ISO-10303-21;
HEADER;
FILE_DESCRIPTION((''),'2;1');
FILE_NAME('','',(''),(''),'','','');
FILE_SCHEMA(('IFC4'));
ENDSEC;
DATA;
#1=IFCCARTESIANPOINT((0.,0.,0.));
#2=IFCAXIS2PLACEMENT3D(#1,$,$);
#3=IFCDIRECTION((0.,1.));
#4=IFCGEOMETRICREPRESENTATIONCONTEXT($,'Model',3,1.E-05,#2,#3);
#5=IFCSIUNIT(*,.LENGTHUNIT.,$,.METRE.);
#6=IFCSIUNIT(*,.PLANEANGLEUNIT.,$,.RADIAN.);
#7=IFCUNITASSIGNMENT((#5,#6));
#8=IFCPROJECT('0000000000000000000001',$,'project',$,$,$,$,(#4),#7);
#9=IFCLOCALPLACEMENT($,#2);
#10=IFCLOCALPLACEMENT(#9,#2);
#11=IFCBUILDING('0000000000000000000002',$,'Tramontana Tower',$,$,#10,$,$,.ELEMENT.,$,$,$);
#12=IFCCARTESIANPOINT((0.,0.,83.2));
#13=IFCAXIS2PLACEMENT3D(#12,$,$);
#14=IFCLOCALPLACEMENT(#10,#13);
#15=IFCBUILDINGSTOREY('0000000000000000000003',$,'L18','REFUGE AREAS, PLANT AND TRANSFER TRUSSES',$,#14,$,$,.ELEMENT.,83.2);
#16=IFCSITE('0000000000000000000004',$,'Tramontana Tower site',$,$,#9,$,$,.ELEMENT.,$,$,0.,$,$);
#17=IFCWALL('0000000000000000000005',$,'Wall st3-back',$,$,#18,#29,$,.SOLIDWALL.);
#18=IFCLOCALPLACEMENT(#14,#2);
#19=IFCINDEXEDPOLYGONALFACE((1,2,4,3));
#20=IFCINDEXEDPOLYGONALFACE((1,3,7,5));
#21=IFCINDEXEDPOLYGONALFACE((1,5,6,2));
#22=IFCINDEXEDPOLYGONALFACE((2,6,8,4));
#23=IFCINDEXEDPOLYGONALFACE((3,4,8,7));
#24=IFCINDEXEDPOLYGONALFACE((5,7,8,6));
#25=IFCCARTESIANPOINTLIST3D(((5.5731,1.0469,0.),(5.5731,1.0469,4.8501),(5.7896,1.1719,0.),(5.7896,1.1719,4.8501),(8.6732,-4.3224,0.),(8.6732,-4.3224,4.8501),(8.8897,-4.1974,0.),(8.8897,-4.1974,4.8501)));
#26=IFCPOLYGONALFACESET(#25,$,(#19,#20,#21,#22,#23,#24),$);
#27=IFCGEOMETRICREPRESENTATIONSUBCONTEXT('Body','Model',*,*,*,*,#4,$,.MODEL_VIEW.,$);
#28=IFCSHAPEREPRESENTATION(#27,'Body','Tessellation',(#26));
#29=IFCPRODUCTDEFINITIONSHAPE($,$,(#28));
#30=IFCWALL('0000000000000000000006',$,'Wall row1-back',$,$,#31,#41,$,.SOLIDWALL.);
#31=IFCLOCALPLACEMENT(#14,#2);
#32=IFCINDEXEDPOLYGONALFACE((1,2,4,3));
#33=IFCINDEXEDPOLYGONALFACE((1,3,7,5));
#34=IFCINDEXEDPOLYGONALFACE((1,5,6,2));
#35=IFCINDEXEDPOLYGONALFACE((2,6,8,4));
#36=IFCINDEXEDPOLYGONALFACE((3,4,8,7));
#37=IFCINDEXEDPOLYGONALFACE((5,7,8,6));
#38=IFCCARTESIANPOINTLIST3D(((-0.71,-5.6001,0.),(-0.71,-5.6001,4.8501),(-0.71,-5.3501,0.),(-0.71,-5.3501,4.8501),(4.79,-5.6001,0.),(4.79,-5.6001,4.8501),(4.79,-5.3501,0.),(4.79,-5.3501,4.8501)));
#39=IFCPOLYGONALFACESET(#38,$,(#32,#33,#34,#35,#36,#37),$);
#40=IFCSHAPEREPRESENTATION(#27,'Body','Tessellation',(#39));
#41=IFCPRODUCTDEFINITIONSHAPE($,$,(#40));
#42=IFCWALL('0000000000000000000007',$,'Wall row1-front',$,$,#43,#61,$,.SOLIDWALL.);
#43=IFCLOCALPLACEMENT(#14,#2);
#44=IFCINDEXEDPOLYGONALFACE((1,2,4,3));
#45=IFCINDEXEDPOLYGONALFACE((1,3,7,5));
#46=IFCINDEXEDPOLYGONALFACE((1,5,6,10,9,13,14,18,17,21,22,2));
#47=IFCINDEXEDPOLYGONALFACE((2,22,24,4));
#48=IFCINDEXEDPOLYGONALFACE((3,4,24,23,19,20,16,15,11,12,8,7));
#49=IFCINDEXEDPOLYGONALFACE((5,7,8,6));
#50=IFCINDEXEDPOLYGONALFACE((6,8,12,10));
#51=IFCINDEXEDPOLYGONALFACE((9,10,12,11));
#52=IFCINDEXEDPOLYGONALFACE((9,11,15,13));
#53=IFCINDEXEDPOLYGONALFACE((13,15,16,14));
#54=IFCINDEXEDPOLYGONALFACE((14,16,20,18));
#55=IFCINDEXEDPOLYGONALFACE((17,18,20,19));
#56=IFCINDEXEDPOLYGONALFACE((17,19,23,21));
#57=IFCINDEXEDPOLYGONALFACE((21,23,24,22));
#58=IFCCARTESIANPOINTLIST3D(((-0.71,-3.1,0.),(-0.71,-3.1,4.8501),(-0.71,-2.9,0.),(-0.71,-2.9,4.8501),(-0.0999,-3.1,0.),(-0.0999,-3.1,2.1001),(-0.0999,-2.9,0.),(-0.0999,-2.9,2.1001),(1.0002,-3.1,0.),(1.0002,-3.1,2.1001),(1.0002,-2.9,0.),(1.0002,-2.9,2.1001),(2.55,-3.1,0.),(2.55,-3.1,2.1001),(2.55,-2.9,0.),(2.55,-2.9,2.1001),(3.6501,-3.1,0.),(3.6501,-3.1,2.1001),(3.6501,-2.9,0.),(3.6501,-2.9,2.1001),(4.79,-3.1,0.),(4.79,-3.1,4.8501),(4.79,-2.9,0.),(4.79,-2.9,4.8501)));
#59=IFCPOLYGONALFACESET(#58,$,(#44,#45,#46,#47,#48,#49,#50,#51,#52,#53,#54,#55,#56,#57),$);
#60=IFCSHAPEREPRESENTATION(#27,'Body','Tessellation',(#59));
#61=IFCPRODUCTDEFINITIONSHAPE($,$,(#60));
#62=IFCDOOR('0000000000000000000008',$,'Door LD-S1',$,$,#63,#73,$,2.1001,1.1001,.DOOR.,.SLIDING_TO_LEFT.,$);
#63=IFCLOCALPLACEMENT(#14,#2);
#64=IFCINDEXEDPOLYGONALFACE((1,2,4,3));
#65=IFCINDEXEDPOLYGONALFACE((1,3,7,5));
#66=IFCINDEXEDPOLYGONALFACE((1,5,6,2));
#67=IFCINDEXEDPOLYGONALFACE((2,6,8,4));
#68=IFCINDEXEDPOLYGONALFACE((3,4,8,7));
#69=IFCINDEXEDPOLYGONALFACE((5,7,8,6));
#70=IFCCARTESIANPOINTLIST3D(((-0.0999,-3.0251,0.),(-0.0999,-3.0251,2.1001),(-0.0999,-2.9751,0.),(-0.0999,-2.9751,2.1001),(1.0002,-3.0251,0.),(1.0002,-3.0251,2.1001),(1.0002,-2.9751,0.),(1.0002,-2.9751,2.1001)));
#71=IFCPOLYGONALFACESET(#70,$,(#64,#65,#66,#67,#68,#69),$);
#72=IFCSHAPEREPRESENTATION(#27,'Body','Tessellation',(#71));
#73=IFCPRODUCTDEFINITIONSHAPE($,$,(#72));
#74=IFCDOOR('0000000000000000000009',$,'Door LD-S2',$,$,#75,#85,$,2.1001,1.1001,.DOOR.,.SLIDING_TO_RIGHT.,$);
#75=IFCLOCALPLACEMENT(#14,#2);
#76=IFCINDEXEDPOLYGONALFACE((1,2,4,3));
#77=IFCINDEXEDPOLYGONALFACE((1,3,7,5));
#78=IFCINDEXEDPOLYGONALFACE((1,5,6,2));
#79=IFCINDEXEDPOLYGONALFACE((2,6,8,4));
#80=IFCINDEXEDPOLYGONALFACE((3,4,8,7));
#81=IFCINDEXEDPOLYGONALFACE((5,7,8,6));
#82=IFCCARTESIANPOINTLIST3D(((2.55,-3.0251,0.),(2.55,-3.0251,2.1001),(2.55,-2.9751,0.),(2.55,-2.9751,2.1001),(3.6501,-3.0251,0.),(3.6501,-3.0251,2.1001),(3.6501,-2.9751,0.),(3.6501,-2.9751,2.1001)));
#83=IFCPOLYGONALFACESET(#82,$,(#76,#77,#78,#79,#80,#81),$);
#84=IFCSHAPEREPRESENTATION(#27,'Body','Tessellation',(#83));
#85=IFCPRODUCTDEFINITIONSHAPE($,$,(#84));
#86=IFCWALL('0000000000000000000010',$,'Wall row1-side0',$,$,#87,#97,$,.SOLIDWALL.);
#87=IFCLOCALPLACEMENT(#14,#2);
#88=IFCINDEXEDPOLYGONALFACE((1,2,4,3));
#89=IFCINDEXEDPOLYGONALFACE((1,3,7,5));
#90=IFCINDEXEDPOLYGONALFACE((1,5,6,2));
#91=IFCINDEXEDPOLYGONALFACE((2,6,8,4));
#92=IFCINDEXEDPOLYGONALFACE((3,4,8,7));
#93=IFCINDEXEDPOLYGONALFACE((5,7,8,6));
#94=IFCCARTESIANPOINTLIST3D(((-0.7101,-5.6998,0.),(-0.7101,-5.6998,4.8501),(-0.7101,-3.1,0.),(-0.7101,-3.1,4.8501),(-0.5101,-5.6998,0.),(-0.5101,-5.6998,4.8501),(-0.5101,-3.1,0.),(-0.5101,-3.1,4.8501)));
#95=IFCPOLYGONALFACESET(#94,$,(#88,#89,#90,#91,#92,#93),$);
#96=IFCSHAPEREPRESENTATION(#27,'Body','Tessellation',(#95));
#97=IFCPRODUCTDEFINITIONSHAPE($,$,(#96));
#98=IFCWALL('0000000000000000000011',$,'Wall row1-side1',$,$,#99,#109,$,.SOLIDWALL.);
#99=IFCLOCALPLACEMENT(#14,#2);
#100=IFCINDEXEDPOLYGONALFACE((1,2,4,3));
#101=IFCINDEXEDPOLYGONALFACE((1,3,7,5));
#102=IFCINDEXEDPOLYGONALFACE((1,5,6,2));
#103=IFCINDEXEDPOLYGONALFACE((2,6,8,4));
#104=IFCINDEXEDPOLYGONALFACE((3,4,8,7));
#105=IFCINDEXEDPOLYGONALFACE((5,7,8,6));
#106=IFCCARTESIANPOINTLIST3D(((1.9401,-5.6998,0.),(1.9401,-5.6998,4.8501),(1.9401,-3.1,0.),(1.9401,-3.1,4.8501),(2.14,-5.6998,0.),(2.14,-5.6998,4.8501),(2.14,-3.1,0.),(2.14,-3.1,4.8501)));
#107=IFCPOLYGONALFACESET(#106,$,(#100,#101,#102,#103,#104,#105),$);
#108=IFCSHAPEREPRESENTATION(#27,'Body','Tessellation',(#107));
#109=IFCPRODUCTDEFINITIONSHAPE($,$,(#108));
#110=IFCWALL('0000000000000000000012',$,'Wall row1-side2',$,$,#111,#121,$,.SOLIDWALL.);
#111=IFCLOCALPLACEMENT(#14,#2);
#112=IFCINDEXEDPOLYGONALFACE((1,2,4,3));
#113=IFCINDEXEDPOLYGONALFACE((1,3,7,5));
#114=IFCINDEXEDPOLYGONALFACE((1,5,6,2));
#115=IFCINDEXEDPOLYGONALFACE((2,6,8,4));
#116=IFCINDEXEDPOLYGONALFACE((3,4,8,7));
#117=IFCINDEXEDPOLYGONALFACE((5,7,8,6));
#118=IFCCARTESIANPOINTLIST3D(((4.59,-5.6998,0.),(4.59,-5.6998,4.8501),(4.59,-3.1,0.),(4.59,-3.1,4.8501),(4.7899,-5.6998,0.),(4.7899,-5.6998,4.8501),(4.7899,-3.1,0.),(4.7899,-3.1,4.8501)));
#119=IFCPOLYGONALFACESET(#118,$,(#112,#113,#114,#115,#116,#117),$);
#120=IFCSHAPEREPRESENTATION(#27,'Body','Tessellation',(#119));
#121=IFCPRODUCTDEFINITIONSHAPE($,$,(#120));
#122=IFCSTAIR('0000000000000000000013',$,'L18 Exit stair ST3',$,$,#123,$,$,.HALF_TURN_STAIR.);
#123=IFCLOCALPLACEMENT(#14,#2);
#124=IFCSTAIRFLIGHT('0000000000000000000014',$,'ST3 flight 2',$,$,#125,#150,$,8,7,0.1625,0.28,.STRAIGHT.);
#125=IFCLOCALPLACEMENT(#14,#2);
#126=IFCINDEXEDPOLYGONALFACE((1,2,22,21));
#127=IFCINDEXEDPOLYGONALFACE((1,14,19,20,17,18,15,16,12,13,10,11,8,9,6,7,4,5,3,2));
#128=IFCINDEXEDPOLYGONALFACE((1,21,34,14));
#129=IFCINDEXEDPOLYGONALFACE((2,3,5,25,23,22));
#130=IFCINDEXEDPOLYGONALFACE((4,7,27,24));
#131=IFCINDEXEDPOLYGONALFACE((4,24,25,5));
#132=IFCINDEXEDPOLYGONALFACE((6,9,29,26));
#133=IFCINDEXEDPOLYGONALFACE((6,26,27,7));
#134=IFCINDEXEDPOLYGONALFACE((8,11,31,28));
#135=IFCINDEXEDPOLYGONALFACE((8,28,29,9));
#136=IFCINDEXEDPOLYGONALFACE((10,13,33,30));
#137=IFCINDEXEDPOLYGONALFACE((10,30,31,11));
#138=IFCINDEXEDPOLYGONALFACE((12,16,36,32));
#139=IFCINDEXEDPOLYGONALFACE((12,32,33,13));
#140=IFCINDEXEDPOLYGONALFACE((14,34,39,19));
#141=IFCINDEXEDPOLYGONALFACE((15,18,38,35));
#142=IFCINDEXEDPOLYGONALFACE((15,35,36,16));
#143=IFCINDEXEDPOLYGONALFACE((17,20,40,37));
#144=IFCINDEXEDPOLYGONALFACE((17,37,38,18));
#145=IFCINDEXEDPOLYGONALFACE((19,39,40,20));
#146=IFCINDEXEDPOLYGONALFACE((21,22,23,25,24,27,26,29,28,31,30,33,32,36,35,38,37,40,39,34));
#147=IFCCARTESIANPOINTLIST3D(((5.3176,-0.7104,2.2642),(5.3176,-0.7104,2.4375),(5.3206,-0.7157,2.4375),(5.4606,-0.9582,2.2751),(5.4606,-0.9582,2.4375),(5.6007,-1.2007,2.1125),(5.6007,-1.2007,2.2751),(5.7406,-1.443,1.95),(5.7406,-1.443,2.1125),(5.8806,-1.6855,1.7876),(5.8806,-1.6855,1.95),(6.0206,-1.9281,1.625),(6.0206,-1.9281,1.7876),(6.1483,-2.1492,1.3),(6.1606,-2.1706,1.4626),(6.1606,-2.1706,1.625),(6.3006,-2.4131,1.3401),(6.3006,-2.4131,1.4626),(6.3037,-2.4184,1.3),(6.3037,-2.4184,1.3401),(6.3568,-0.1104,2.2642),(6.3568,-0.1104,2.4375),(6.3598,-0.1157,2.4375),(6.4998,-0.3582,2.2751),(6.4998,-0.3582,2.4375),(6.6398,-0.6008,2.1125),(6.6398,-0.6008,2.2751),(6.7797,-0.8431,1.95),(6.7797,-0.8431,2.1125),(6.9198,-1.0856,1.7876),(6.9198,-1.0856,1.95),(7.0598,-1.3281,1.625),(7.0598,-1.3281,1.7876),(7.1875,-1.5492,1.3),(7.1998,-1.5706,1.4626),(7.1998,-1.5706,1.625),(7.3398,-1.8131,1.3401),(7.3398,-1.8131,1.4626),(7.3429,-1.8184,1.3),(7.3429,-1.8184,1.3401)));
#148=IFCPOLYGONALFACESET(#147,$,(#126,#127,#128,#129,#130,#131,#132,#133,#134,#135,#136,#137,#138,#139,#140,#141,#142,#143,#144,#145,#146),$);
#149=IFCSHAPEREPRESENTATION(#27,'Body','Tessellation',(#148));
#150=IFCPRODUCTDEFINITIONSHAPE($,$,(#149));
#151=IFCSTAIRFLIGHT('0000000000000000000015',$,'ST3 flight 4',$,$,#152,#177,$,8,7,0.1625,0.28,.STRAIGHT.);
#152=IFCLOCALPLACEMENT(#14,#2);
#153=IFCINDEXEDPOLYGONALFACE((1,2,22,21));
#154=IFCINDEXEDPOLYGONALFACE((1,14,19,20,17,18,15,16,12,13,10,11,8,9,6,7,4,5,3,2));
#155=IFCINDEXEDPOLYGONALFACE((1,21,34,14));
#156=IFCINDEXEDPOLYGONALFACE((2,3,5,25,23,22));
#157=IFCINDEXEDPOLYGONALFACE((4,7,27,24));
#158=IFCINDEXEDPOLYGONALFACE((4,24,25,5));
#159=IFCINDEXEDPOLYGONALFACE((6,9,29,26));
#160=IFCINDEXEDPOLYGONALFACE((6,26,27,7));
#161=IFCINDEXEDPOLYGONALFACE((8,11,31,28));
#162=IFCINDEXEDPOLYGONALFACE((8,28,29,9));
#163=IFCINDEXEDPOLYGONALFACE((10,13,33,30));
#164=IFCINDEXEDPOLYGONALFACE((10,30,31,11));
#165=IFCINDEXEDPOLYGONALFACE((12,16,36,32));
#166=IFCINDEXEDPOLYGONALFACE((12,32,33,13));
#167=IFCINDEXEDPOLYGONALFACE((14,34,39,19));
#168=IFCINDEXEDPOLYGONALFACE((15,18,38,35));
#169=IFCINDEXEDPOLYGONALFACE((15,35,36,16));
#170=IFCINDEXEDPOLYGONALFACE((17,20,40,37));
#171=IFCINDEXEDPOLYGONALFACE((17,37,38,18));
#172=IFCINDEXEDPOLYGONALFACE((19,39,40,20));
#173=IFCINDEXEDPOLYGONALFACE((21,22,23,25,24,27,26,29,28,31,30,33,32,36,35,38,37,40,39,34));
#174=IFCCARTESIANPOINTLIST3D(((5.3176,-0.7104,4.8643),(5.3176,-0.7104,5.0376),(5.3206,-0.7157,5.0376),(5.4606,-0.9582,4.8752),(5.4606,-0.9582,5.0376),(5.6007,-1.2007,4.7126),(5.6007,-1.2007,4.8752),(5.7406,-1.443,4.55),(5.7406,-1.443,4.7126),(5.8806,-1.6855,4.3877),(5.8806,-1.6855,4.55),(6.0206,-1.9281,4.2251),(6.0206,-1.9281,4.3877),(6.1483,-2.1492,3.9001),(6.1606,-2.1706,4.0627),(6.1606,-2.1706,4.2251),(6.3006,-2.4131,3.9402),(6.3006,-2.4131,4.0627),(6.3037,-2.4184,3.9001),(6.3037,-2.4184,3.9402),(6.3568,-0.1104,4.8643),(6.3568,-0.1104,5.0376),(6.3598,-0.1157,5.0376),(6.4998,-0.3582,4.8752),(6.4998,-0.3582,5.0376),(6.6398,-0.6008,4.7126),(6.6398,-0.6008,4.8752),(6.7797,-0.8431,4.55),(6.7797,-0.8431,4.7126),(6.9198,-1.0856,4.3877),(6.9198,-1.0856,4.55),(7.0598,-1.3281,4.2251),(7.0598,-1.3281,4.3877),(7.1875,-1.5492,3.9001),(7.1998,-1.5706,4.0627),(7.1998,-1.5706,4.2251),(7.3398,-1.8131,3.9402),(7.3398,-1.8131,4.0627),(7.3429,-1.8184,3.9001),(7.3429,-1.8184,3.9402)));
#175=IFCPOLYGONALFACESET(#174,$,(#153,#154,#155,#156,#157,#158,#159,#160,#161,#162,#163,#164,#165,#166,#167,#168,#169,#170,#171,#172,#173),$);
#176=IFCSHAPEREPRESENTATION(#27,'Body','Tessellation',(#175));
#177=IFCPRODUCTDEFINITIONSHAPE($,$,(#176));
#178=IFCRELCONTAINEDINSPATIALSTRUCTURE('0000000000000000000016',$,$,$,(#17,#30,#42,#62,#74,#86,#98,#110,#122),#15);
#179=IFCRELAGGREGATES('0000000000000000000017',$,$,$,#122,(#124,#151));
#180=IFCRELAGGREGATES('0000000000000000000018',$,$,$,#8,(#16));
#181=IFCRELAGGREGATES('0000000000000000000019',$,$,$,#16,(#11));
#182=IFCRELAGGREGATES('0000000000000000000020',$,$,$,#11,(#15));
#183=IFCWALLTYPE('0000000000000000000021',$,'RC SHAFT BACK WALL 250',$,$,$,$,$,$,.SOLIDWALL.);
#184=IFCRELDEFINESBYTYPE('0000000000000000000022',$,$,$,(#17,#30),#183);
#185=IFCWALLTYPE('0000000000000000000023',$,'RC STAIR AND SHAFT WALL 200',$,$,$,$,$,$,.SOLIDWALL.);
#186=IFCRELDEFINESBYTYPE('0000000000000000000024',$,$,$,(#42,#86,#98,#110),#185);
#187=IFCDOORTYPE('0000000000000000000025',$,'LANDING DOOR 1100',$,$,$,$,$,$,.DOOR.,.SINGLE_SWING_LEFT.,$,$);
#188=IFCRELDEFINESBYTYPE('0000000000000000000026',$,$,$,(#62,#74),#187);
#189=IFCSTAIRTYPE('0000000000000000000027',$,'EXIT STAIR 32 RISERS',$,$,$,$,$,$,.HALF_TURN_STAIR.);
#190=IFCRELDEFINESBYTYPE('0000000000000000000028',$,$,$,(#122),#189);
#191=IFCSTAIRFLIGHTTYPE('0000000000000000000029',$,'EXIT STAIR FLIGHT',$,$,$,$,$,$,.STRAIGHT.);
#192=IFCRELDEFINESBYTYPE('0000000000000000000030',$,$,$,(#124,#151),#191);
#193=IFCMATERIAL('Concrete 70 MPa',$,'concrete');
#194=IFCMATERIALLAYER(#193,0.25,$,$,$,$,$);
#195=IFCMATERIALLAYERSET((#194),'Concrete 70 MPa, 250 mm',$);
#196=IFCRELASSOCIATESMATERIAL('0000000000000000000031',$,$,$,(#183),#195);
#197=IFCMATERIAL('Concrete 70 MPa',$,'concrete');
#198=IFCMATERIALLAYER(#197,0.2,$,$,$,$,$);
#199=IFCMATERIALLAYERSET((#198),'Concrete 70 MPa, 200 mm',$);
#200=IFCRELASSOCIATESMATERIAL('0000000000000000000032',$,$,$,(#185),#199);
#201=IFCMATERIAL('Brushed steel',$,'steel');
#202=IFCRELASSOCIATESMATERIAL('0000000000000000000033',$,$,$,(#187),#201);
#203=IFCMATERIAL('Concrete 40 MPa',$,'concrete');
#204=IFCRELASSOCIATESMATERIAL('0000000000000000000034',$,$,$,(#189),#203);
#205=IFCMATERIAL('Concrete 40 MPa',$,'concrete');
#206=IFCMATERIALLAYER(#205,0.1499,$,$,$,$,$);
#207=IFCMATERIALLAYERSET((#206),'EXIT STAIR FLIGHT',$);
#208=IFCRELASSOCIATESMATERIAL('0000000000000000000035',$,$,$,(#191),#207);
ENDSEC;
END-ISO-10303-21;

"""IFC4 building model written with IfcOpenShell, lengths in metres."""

from ifc_helpers import new_model, si_unit, direction, frame, frame_2d, origin, place, context, subcontext, project, spatial, polyline, rectangle, outline, extrude, material, layer, layer_set, type_object, element, fill, aggregate, save


model = new_model("IFC4")

# Units and contexts
model_context = context("Model", 3, precision=1e-05, world=origin(), true_north=direction((0.0, 1.0)))
body_context = subcontext(model_context, "Body", "Model", "MODEL_VIEW")
ifc_project = project(units=[si_unit("LENGTHUNIT", "METRE"), si_unit("PLANEANGLEUNIT", "RADIAN")], contexts=[model_context])

# Site, building, storey
site_placement = place(None, origin())
site = spatial("IfcSite", under=ifc_project, at=site_placement, Name="Tramontana Tower site", CompositionType="ELEMENT", RefElevation=0.0)
building_placement = place(site_placement, origin())
building = spatial("IfcBuilding", under=site, at=building_placement, Name="Tramontana Tower", CompositionType="ELEMENT")
storey_placement = place(building_placement, frame((0.0, 0.0, 83.2)))
storey = spatial("IfcBuildingStorey", under=building, at=storey_placement, Name="L18", Description="REFUGE AREAS, PLANT AND TRANSFER TRUSSES", CompositionType="ELEMENT", Elevation=83.2)

# Walls
ifc_material_1 = material(Name="Concrete 70 MPa", Category="concrete")
ifc_layer_1 = layer(ifc_material_1, 0.25)
ifc_layer_set_1 = layer_set([ifc_layer_1], Name="Concrete 70 MPa, 250 mm")
wall_type_1 = type_object("IfcWallType", Name="RC SHAFT BACK WALL 250", PredefinedType="SOLIDWALL", material=ifc_layer_set_1)
wall_1_placement = place(storey_placement, frame((8.7815, -4.26, 0.0), z_axis=(0.0, 0.0, 1.0), x_axis=(-0.50001, 0.86602, 0.0)))
element("IfcWall", 1, at=wall_1_placement, inside=storey, type_object=wall_type_1, Name="Wall st3-back", PredefinedType="SOLIDWALL", context=body_context, shape_type="SweptSolid", body=[
    extrude(rectangle(XDim=6.2, YDim=0.25, at=frame_2d((3.1001, 0.0))), origin(), (0.0, 0.0, 1.0), 4.8501),
])
wall_2_placement = place(storey_placement, frame((-0.71, -5.4751, 0.0), z_axis=(0.0, 0.0, 1.0), x_axis=(1.0, 0.0, 0.0)))
element("IfcWall", 2, at=wall_2_placement, inside=storey, type_object=wall_type_1, Name="Wall row1-back", PredefinedType="SOLIDWALL", context=body_context, shape_type="SweptSolid", body=[
    extrude(rectangle(XDim=5.5, YDim=0.25, at=frame_2d((2.75, 0.0))), origin(), (0.0, 0.0, 1.0), 4.8501),
])

# Shared definitions
ifc_material_2 = material(Name="Concrete 70 MPa", Category="concrete")
ifc_layer_2 = layer(ifc_material_2, 0.2)
ifc_layer_set_2 = layer_set([ifc_layer_2], Name="Concrete 70 MPa, 200 mm")
wall_type_2 = type_object("IfcWallType", Name="RC STAIR AND SHAFT WALL 200", PredefinedType="SOLIDWALL", material=ifc_layer_set_2)

# Wall, openings, doors
wall_3_placement = place(storey_placement, frame((-0.71, -3.0, 0.0), z_axis=(0.0, 0.0, 1.0), x_axis=(1.0, 0.0, 0.0)))
wall_3 = element("IfcWall", 3, at=wall_3_placement, inside=storey, type_object=wall_type_2, Name="Wall row1-front", PredefinedType="SOLIDWALL", context=body_context, shape_type="SweptSolid", body=[
    extrude(rectangle(XDim=5.5, YDim=0.2, at=frame_2d((2.75, 0.0))), origin(), (0.0, 0.0, 1.0), 4.8501),
])
opening_1_placement = place(wall_3_placement, frame((0.6101, 0.0, 0.0)))
opening_1 = element("IfcOpeningElement", 4, at=opening_1_placement, cuts=wall_3, PredefinedType="OPENING", context=body_context, shape_type="SweptSolid", body=[
    extrude(rectangle(XDim=1.1001, YDim=2.1001, at=frame_2d((0.55, 1.05))), frame((0.0, 0.1099, 0.0), z_axis=(0.0, -1.0, 0.0), x_axis=(1.0, 0.0, 0.0)), (0.0, 0.0, 1.0), 0.22),
])
opening_2_placement = place(wall_3_placement, frame((3.26, 0.0, 0.0)))
opening_2 = element("IfcOpeningElement", 5, at=opening_2_placement, cuts=wall_3, PredefinedType="OPENING", context=body_context, shape_type="SweptSolid", body=[
    extrude(rectangle(XDim=1.1001, YDim=2.1001, at=frame_2d((0.55, 1.05))), frame((0.0, 0.1099, 0.0), z_axis=(0.0, -1.0, 0.0), x_axis=(1.0, 0.0, 0.0)), (0.0, 0.0, 1.0), 0.22),
])
ifc_material_3 = material(Name="Brushed steel", Category="steel")
door_type_1 = type_object("IfcDoorType", Name="LANDING DOOR 1100", OperationType="SINGLE_SWING_LEFT", PredefinedType="DOOR", material=ifc_material_3)
door_1_placement = place(opening_1_placement, origin())
door_1 = element("IfcDoor", 6, at=door_1_placement, inside=storey, type_object=door_type_1, Name="Door LD-S1", OperationType="SLIDING_TO_LEFT", OverallHeight=2.1001, OverallWidth=1.1001, PredefinedType="DOOR", context=body_context, shape_type="SweptSolid", body=[
    extrude(rectangle(XDim=1.1001, YDim=2.1001, at=frame_2d((0.55, 1.05))), frame((0.0, 0.0249, 0.0), z_axis=(0.0, -1.0, 0.0), x_axis=(1.0, 0.0, 0.0)), (0.0, 0.0, 1.0), 0.05),
])
fill(opening_1, door_1)
door_2_placement = place(opening_2_placement, origin())
door_2 = element("IfcDoor", 7, at=door_2_placement, inside=storey, type_object=door_type_1, Name="Door LD-S2", OperationType="SLIDING_TO_RIGHT", OverallHeight=2.1001, OverallWidth=1.1001, PredefinedType="DOOR", context=body_context, shape_type="SweptSolid", body=[
    extrude(rectangle(XDim=1.1001, YDim=2.1001, at=frame_2d((0.55, 1.05))), frame((0.0, 0.0249, 0.0), z_axis=(0.0, -1.0, 0.0), x_axis=(1.0, 0.0, 0.0)), (0.0, 0.0, 1.0), 0.05),
])
fill(opening_2, door_2)

# Walls
for number, where, z_axis, x_axis, name in (
    (8, (-0.6101, -3.1001, 0.0), (0.0, 0.0, 1.0), (0.0, -1.0, 0.0), "Wall row1-side0"),
    (9, (2.04, -3.1001, 0.0), (0.0, 0.0, 1.0), (0.0, -1.0, 0.0), "Wall row1-side1"),
    (10, (4.6899, -3.1001, 0.0), (0.0, 0.0, 1.0), (0.0, -1.0, 0.0), "Wall row1-side2"),
):
    element("IfcWall", number, at=place(storey_placement, frame(where, z_axis=z_axis, x_axis=x_axis)), inside=storey, type_object=wall_type_2, Name=name, PredefinedType="SOLIDWALL", context=body_context, shape_type="SweptSolid", body=[
        extrude(rectangle(XDim=2.5999, YDim=0.2, at=frame_2d((1.2998, 0.0))), origin(), (0.0, 0.0, 1.0), 4.8501),
    ])

# Stair, stair flights
ifc_material_4 = material(Name="Concrete 40 MPa", Category="concrete")
stair_type = type_object("IfcStairType", Name="EXIT STAIR 32 RISERS", PredefinedType="HALF_TURN_STAIR", material=ifc_material_4)
stair_placement = place(storey_placement, origin())
stair = element("IfcStair", 11, at=stair_placement, inside=storey, type_object=stair_type, Name="L18 Exit stair ST3", PredefinedType="HALF_TURN_STAIR")
ifc_material_5 = material(Name="Concrete 40 MPa", Category="concrete")
ifc_layer_3 = layer(ifc_material_5, 0.1499)
ifc_layer_set_3 = layer_set([ifc_layer_3], Name="EXIT STAIR FLIGHT")
stair_flight_type = type_object("IfcStairFlightType", Name="EXIT STAIR FLIGHT", PredefinedType="STRAIGHT", material=ifc_layer_set_3)
stair_flight_1_placement = place(storey_placement, frame((6.8203, -2.113, 1.3), z_axis=(0.0, 0.0, 1.0), x_axis=(-0.5, 0.866025, 0.0)))
stair_flight_1 = element("IfcStairFlight", 12, at=stair_flight_1_placement, type_object=stair_flight_type, Name="ST3 flight 2", NumberOfRisers=8, NumberOfTreads=7, PredefinedType="STRAIGHT", RiserHeight=0.1625, TreadLength=0.28, context=body_context, shape_type="SweptSolid", body=[
    extrude(outline(polyline([(-0.0061, 0.0), (-0.0061, 0.04), (0.0, 0.04), (0.0, 0.1626), (0.28, 0.1626), (0.28, 0.325), (0.5601, 0.325), (0.5601, 0.4875), (0.8401, 0.4875), (0.8401, 0.6499), (1.1201, 0.6499), (1.1201, 0.8125), (1.3999, 0.8125), (1.3999, 0.9751), (1.6799, 0.9751), (1.6799, 1.1375), (1.96, 1.1375), (1.9661, 1.1375), (1.9661, 0.9641), (0.3047, 0.0), (-0.0061, 0.0)])), frame((0.0, 0.6001, 0.0), z_axis=(0.0, -1.0, 0.0), x_axis=(1.0, 0.0, 0.0)), (0.0, 0.0, 1.0), 1.2),
])
stair_flight_2_placement = place(storey_placement, frame((6.8203, -2.113, 3.9001), z_axis=(0.0, 0.0, 1.0), x_axis=(-0.5, 0.866025, 0.0)))
stair_flight_2 = element("IfcStairFlight", 13, at=stair_flight_2_placement, type_object=stair_flight_type, Name="ST3 flight 4", NumberOfRisers=8, NumberOfTreads=7, PredefinedType="STRAIGHT", RiserHeight=0.1625, TreadLength=0.28, context=body_context, shape_type="SweptSolid", body=[
    extrude(outline(polyline([(-0.0061, 0.0), (-0.0061, 0.04), (0.0, 0.04), (0.0, 0.1626), (0.28, 0.1626), (0.28, 0.325), (0.5601, 0.325), (0.5601, 0.4875), (0.8401, 0.4875), (0.8401, 0.6499), (1.1201, 0.6499), (1.1201, 0.8125), (1.3999, 0.8125), (1.3999, 0.9751), (1.6799, 0.9751), (1.6799, 1.1375), (1.96, 1.1375), (1.9661, 1.1375), (1.9661, 0.9641), (0.3047, 0.0), (-0.0061, 0.0)])), frame((0.0, 0.6001, 0.0), z_axis=(0.0, -1.0, 0.0), x_axis=(1.0, 0.0, 0.0)), (0.0, 0.0, 1.0), 1.2),
])
aggregate(stair, [stair_flight_1, stair_flight_2])

save(model, "model.ifc")
